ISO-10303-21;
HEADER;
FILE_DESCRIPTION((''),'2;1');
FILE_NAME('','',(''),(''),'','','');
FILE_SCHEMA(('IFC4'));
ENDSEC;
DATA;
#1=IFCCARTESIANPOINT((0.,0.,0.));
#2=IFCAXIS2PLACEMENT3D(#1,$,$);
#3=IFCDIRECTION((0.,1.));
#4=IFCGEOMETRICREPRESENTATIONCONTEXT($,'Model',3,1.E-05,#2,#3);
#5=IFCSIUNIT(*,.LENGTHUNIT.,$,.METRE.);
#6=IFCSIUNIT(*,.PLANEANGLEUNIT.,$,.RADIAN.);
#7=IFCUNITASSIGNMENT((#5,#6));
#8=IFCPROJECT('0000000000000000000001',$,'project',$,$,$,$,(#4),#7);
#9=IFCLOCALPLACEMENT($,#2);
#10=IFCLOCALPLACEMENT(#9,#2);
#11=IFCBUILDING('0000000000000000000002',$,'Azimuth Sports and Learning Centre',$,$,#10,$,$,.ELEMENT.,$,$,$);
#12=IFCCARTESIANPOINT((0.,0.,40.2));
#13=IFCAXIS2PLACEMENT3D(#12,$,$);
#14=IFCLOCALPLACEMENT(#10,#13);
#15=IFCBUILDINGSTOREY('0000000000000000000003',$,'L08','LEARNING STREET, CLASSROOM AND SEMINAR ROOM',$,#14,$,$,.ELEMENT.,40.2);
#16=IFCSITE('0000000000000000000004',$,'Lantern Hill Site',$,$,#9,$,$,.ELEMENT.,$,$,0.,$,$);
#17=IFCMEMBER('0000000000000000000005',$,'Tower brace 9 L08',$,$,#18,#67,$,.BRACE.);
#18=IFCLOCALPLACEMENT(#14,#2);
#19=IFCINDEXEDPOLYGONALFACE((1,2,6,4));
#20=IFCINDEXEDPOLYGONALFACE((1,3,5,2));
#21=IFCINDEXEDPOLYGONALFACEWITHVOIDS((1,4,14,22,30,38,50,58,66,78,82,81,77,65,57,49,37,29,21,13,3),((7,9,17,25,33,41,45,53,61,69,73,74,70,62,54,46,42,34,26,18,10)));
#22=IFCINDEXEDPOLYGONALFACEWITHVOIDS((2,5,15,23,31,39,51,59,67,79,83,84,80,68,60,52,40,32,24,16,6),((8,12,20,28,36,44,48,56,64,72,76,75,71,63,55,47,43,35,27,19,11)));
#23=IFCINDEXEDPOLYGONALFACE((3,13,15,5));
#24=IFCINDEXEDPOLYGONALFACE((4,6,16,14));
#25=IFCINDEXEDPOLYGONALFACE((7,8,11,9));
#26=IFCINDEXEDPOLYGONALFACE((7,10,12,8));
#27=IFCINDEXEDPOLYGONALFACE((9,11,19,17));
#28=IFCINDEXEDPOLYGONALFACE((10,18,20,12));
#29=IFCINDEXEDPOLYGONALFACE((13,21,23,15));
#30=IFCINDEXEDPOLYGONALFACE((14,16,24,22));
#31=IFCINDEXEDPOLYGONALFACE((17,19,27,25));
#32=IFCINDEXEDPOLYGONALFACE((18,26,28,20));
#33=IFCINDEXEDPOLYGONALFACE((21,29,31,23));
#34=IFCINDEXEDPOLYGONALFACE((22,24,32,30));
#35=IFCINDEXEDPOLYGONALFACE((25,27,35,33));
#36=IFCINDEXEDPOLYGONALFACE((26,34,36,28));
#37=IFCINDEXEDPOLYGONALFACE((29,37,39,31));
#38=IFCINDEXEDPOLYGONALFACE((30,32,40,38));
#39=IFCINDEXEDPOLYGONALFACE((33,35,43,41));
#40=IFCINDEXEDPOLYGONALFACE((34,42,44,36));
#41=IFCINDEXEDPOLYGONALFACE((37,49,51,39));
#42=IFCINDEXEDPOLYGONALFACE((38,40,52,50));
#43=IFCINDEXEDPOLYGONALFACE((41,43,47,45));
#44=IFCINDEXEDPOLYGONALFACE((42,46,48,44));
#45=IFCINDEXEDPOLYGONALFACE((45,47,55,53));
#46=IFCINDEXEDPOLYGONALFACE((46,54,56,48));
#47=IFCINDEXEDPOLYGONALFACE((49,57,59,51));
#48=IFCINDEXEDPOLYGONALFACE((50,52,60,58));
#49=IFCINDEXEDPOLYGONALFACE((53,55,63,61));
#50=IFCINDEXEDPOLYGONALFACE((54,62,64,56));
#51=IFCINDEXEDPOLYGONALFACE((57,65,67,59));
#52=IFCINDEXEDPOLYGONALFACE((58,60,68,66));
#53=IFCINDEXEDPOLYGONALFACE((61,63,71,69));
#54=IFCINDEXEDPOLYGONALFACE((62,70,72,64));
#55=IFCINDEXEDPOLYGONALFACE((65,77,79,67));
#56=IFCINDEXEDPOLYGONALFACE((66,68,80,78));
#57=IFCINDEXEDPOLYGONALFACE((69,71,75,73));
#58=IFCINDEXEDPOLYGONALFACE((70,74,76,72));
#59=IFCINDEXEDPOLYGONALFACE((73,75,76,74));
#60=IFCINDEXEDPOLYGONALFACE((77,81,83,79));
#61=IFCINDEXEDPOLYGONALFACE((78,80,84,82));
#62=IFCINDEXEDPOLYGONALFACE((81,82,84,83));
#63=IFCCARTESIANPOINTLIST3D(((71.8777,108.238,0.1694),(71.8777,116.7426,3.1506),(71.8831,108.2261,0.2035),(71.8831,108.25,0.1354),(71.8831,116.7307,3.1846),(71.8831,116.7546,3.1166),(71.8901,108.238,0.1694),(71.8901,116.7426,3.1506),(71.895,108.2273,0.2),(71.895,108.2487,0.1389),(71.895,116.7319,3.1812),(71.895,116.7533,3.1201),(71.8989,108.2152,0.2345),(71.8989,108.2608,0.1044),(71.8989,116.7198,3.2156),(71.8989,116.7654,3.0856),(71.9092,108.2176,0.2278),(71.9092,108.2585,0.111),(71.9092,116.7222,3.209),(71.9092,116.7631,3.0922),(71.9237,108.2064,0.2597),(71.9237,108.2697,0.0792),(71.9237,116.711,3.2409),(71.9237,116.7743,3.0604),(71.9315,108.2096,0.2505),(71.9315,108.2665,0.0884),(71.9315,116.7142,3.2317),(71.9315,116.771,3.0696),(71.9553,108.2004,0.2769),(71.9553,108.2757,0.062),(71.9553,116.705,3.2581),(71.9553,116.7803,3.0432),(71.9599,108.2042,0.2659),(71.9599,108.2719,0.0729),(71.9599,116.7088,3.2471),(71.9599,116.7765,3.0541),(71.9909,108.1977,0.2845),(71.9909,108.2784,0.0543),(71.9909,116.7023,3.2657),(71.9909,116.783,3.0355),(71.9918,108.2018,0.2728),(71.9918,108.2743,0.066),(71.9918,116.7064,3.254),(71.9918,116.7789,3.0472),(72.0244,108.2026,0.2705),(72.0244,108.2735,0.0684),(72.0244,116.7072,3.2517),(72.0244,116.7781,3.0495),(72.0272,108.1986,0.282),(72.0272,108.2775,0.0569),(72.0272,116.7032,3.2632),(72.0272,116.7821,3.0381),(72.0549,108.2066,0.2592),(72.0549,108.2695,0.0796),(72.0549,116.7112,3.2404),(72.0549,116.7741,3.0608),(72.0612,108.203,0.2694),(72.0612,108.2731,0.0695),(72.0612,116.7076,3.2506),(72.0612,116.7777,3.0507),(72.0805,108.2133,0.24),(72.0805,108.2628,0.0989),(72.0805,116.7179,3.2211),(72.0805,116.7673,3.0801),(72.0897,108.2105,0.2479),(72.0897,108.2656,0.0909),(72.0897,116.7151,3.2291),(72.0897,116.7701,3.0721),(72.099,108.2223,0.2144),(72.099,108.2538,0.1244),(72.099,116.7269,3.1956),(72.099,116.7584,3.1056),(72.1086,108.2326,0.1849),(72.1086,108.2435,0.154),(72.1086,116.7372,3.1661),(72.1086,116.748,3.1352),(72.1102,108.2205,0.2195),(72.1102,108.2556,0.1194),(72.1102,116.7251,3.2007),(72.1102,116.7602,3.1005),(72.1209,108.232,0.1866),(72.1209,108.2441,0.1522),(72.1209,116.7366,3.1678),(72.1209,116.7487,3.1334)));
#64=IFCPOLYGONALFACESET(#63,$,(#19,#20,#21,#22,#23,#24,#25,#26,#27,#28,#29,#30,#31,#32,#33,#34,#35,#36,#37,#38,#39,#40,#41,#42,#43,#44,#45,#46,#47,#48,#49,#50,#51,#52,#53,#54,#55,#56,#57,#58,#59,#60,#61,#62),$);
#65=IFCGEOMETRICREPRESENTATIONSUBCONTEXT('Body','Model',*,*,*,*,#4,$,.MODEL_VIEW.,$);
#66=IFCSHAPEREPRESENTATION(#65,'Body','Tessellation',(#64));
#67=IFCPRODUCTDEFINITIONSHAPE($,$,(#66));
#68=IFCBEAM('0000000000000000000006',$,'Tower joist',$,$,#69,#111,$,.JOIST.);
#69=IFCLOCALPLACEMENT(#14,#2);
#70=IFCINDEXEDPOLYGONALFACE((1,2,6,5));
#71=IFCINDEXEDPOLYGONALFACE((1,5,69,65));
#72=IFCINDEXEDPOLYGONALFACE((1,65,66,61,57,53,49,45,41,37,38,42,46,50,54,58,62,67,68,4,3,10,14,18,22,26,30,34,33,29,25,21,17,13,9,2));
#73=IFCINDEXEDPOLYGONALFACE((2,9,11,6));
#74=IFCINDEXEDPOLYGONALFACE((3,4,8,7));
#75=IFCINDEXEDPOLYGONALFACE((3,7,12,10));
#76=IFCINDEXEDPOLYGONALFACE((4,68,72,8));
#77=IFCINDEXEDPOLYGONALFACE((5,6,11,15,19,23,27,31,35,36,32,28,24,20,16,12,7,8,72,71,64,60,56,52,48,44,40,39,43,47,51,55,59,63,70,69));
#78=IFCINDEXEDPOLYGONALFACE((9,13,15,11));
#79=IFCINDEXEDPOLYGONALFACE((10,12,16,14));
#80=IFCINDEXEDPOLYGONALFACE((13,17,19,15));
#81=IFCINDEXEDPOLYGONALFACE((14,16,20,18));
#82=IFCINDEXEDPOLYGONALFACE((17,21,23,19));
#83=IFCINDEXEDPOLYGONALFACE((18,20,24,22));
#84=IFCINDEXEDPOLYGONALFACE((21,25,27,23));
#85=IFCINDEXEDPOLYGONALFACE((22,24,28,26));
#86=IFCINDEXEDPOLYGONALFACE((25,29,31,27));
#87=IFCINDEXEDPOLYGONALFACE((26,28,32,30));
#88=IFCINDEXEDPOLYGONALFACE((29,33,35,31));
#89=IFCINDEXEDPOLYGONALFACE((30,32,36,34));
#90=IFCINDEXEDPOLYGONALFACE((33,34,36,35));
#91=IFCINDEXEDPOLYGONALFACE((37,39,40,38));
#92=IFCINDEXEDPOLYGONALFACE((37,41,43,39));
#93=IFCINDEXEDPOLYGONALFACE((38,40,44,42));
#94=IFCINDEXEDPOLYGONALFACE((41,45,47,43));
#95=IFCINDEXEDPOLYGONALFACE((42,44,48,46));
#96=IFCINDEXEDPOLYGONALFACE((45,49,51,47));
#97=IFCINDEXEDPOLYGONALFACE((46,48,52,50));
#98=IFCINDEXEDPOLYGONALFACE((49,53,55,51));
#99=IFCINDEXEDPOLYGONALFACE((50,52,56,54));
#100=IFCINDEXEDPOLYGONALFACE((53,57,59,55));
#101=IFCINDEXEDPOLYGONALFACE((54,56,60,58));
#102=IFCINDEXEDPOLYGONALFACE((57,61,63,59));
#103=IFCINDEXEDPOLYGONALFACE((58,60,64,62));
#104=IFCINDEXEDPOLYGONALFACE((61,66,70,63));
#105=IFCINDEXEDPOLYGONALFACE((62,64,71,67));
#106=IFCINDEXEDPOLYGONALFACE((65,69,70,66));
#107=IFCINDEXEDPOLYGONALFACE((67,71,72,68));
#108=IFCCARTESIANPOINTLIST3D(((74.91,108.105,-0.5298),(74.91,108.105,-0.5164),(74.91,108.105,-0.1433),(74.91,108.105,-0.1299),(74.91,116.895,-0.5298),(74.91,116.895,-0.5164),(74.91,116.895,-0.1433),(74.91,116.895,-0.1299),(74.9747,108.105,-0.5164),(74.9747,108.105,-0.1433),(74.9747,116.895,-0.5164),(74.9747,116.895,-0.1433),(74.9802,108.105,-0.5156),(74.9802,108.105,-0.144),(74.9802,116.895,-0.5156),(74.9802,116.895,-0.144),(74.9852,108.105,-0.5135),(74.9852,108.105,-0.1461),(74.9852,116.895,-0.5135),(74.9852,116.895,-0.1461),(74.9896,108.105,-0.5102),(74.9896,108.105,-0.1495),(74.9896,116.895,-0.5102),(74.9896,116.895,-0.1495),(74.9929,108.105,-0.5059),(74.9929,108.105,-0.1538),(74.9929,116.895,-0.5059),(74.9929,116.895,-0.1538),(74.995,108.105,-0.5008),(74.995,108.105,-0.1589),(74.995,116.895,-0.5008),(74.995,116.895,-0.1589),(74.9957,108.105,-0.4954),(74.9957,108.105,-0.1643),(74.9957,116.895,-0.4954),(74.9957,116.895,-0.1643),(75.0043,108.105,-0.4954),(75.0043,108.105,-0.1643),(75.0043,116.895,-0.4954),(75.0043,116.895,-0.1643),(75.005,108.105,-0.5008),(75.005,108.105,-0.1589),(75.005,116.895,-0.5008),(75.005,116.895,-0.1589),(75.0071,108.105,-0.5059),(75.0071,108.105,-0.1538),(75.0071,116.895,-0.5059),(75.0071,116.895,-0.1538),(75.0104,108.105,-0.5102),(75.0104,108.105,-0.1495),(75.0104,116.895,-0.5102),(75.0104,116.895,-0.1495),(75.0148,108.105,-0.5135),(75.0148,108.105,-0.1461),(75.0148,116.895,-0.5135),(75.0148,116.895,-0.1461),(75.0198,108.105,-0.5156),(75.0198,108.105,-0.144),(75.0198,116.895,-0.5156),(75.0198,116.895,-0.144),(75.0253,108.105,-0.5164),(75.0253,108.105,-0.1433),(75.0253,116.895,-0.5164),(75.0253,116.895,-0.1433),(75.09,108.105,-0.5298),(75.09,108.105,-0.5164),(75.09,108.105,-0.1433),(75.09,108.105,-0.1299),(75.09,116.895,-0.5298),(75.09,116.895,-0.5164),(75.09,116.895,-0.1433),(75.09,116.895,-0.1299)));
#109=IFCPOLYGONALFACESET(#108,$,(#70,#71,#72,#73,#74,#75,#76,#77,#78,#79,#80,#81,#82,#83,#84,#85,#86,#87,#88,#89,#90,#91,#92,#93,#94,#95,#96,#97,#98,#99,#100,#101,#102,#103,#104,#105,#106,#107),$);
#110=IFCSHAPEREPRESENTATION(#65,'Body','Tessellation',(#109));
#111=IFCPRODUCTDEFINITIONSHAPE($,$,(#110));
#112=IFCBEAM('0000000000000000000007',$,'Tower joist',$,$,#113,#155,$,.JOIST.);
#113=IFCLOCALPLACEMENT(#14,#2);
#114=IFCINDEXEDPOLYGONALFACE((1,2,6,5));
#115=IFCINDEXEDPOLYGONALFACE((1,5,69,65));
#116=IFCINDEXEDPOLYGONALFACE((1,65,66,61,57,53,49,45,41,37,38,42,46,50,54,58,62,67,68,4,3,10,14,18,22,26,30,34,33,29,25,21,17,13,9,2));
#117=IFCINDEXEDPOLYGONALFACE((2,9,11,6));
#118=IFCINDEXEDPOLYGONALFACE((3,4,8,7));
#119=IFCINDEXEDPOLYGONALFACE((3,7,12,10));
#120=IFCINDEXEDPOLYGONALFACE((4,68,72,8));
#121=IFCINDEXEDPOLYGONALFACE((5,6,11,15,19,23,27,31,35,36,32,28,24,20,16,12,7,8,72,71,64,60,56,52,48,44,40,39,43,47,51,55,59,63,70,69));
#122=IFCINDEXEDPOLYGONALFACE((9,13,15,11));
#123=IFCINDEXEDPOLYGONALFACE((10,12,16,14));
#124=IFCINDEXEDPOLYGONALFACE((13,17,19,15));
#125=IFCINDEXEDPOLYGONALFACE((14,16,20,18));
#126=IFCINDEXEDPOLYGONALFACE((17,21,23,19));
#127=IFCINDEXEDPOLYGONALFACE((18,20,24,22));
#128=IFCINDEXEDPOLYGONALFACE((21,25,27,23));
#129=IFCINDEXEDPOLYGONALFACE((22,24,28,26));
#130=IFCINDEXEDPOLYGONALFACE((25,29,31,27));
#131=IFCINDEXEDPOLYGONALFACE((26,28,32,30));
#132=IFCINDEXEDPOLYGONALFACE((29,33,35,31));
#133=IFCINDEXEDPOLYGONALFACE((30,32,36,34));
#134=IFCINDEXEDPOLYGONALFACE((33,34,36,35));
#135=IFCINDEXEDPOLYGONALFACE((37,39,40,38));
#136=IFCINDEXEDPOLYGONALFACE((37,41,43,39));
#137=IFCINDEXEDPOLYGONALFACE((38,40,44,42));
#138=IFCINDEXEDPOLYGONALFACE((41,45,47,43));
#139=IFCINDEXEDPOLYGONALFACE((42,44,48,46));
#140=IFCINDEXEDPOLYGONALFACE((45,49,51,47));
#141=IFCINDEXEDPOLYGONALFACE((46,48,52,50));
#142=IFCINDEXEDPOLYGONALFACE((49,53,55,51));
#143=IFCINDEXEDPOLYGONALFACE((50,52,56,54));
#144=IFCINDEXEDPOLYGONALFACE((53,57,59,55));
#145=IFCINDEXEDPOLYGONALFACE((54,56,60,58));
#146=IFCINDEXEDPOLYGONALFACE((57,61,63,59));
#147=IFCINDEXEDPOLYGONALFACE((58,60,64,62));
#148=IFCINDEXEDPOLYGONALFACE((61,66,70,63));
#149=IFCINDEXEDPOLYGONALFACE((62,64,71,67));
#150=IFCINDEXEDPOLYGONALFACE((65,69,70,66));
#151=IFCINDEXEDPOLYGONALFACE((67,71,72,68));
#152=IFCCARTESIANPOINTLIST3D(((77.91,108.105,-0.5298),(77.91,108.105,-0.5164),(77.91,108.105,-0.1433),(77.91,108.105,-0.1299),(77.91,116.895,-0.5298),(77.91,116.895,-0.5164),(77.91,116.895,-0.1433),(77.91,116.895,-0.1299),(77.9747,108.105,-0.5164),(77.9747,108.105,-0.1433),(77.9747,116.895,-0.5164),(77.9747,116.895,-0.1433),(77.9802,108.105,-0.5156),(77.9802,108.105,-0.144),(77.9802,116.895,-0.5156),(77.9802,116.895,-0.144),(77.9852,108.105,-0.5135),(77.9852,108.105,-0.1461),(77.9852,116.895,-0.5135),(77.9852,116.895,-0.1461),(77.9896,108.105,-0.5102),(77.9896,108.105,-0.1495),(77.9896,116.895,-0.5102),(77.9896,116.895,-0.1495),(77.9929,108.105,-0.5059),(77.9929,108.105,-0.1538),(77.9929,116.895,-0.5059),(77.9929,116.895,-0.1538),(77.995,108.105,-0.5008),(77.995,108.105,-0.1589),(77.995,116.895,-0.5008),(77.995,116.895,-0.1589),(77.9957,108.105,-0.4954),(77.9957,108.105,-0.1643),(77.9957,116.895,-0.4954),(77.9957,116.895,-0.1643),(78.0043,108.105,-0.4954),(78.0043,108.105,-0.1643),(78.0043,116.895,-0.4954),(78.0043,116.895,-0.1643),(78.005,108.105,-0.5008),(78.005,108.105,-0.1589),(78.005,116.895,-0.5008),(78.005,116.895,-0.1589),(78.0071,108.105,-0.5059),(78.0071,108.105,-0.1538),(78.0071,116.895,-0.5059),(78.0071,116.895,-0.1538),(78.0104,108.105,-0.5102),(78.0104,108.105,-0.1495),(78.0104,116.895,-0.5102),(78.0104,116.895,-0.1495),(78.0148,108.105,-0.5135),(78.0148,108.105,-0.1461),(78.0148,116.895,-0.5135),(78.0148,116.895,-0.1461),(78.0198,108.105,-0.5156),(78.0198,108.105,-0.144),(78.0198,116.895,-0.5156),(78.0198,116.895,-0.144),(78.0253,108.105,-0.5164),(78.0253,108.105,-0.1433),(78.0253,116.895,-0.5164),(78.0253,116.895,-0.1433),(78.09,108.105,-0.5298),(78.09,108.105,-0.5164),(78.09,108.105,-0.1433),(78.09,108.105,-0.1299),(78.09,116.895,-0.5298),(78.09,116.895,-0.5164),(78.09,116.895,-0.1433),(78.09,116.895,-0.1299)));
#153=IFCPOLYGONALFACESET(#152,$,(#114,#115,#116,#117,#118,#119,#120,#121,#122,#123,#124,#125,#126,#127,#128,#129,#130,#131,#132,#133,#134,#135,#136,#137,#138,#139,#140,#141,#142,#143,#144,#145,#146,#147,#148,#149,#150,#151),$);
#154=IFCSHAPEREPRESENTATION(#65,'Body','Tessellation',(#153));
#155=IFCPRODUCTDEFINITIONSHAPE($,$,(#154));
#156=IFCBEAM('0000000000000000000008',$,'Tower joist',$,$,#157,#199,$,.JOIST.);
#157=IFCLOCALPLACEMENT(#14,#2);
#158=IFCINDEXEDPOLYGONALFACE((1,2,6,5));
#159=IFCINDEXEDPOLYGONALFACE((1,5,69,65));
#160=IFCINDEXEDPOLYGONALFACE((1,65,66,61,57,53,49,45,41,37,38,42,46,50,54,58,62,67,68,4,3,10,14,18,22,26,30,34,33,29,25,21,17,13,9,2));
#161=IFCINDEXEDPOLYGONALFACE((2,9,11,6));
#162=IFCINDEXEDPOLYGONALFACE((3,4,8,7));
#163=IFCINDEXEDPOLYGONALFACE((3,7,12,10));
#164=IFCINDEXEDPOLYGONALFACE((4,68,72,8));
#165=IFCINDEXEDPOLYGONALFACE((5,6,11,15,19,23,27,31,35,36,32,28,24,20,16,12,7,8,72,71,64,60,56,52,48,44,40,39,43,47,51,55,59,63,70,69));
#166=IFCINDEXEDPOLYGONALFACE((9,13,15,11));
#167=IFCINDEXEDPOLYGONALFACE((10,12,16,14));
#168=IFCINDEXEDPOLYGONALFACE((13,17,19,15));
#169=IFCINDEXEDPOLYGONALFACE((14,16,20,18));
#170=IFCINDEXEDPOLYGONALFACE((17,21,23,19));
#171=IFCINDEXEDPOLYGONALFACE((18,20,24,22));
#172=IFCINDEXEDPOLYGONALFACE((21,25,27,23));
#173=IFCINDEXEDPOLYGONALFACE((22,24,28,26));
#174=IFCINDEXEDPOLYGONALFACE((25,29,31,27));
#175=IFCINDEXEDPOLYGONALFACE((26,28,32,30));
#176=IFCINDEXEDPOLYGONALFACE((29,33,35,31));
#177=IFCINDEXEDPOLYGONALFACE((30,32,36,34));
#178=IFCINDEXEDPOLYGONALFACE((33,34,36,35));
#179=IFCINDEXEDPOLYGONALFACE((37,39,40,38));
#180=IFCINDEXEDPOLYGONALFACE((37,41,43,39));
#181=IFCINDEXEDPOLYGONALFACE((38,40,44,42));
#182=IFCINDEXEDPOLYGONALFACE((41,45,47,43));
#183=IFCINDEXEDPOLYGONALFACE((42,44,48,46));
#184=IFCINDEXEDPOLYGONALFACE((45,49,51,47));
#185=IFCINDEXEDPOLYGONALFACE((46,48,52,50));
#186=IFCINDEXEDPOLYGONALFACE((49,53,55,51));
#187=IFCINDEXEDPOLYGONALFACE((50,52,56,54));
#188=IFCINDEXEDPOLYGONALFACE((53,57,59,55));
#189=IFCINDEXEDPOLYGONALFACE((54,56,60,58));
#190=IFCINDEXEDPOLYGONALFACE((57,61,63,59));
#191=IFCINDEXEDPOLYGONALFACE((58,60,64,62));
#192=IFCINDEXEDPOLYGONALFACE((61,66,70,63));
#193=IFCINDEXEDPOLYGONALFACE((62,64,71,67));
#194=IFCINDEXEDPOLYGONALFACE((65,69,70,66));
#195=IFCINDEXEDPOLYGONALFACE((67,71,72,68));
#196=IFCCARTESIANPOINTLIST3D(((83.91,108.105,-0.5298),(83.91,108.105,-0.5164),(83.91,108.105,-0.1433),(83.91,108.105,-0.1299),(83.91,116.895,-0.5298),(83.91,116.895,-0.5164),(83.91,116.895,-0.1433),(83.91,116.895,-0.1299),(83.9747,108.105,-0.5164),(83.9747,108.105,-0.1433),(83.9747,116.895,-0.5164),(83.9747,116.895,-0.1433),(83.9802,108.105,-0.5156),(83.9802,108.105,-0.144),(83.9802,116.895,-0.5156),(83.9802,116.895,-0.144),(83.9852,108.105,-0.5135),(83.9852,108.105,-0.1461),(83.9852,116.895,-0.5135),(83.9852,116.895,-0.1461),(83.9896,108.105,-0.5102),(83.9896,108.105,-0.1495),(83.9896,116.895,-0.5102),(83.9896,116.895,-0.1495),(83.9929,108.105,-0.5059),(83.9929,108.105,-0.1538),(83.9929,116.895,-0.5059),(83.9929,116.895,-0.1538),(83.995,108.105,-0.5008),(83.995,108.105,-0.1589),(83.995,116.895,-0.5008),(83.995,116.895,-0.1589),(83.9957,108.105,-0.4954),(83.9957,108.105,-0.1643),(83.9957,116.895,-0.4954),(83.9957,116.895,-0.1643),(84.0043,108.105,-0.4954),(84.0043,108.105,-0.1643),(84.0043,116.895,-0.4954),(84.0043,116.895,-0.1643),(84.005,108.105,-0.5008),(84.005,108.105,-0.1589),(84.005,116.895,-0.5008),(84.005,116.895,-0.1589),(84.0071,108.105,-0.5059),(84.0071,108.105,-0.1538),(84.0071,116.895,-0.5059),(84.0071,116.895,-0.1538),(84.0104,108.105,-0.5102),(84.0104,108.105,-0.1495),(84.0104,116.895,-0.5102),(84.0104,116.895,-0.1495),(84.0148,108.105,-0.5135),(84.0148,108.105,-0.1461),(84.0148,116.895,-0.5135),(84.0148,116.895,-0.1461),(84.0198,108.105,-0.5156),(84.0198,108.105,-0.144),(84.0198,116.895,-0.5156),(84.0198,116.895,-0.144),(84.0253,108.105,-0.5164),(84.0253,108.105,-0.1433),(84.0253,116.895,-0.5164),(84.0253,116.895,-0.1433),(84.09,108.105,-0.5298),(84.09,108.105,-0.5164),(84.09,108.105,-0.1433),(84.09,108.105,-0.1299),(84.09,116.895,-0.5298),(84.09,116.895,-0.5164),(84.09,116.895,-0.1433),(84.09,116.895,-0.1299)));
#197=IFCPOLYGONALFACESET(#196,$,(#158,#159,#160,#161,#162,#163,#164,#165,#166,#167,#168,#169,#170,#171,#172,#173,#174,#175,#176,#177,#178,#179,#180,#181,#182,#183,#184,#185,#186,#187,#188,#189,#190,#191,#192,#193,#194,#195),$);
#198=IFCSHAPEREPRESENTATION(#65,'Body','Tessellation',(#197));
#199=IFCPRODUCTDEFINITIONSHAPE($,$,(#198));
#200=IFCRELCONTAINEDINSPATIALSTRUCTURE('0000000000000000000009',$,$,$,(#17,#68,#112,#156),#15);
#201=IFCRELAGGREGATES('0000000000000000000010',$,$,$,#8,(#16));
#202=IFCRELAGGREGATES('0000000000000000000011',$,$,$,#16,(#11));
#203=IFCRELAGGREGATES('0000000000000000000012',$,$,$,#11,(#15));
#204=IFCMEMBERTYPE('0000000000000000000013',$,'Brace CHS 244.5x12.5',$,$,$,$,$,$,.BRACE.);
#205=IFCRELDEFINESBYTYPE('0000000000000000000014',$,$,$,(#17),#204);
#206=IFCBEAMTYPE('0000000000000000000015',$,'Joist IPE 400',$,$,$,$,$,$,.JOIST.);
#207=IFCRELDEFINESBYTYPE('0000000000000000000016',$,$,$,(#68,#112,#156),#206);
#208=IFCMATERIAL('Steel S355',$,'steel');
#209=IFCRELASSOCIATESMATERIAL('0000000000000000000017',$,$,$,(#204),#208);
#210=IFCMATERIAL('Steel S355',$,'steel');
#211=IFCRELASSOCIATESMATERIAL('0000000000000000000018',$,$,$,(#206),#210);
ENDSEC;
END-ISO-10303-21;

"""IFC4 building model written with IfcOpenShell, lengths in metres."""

from ifc_helpers import new_model, si_unit, direction, frame, origin, origin_2d, place, context, subcontext, project, spatial, hollow_circle, i_section, extrude, material, material_profile, profile_set, type_object, element, save


model = new_model("IFC4")

# Units and contexts
model_context = context("Model", 3, precision=1e-05, world=origin(), true_north=direction((0.0, 1.0)))
body_context = subcontext(model_context, "Body", "Model", "MODEL_VIEW")
ifc_project = project(units=[si_unit("LENGTHUNIT", "METRE"), si_unit("PLANEANGLEUNIT", "RADIAN")], contexts=[model_context])

# Site, building, storey
site_placement = place(None, origin())
site = spatial("IfcSite", under=ifc_project, at=site_placement, Name="Lantern Hill Site", CompositionType="ELEMENT", RefElevation=0.0)
building_placement = place(site_placement, origin())
building = spatial("IfcBuilding", under=site, at=building_placement, Name="Azimuth Sports and Learning Centre", CompositionType="ELEMENT")
storey_placement = place(building_placement, frame((0.0, 0.0, 40.2)))
storey = spatial("IfcBuildingStorey", under=building, at=storey_placement, Name="L08", Description="LEARNING STREET, CLASSROOM AND SEMINAR ROOM", CompositionType="ELEMENT", Elevation=40.2)

# Member
ifc_material_1 = material(Name="Steel S355", Category="steel")
ifc_material_profile_1 = material_profile(ifc_material_1, hollow_circle(Radius=0.1223, WallThickness=0.0125, at=origin_2d()), Name="CHS 244.5x12.5")
ifc_profile_set_1 = profile_set([ifc_material_profile_1], Name="Steel S355")
member_type = type_object("IfcMemberType", Name="Brace CHS 244.5x12.5", PredefinedType="BRACE", material=ifc_profile_set_1)
member_placement = place(storey_placement, frame((72.0, 108.238, 0.1694), z_axis=(0.0, 0.9437, 0.330803), x_axis=(-1.0, 0.0, 0.0)))
element("IfcMember", 1, at=member_placement, inside=storey, type_object=member_type, Name="Tower brace 9 L08", PredefinedType="BRACE", context=body_context, shape_type="SweptSolid", body=[
    extrude(hollow_circle(Radius=0.1223, WallThickness=0.0125, at=origin_2d()), origin(), (0.0, 0.0, 1.0), 9.012),
])

# Beams
ifc_material_2 = material(Name="Steel S355", Category="steel")
ifc_material_profile_2 = material_profile(ifc_material_2, i_section(OverallWidth=0.1799, OverallDepth=0.3999, WebThickness=0.0085, FlangeThickness=0.0134, FilletRadius=0.021, at=origin_2d()), Name="IPE 400")
ifc_profile_set_2 = profile_set([ifc_material_profile_2], Name="Steel S355")
beam_type_1 = type_object("IfcBeamType", Name="Joist IPE 400", PredefinedType="JOIST", material=ifc_profile_set_2)
for number, where, z_axis, x_axis, name in (
    (2, (75.0, 108.105, -0.3298), (0.0, 1.0, 0.0), (-1.0, 0.0, 0.0), "Tower joist"),
    (3, (78.0, 108.105, -0.3298), (0.0, 1.0, 0.0), (-1.0, 0.0, 0.0), "Tower joist"),
    (4, (84.0, 108.105, -0.3298), (0.0, 1.0, 0.0), (-1.0, 0.0, 0.0), "Tower joist"),
):
    element("IfcBeam", number, at=place(storey_placement, frame(where, z_axis=z_axis, x_axis=x_axis)), inside=storey, type_object=beam_type_1, Name=name, PredefinedType="JOIST", context=body_context, shape_type="SweptSolid", body=[
        extrude(i_section(OverallWidth=0.1799, OverallDepth=0.3999, WebThickness=0.0085, FlangeThickness=0.0134, FilletRadius=0.021, at=origin_2d()), origin(), (0.0, 0.0, 1.0), 8.79),
    ])

save(model, "model.ifc")
